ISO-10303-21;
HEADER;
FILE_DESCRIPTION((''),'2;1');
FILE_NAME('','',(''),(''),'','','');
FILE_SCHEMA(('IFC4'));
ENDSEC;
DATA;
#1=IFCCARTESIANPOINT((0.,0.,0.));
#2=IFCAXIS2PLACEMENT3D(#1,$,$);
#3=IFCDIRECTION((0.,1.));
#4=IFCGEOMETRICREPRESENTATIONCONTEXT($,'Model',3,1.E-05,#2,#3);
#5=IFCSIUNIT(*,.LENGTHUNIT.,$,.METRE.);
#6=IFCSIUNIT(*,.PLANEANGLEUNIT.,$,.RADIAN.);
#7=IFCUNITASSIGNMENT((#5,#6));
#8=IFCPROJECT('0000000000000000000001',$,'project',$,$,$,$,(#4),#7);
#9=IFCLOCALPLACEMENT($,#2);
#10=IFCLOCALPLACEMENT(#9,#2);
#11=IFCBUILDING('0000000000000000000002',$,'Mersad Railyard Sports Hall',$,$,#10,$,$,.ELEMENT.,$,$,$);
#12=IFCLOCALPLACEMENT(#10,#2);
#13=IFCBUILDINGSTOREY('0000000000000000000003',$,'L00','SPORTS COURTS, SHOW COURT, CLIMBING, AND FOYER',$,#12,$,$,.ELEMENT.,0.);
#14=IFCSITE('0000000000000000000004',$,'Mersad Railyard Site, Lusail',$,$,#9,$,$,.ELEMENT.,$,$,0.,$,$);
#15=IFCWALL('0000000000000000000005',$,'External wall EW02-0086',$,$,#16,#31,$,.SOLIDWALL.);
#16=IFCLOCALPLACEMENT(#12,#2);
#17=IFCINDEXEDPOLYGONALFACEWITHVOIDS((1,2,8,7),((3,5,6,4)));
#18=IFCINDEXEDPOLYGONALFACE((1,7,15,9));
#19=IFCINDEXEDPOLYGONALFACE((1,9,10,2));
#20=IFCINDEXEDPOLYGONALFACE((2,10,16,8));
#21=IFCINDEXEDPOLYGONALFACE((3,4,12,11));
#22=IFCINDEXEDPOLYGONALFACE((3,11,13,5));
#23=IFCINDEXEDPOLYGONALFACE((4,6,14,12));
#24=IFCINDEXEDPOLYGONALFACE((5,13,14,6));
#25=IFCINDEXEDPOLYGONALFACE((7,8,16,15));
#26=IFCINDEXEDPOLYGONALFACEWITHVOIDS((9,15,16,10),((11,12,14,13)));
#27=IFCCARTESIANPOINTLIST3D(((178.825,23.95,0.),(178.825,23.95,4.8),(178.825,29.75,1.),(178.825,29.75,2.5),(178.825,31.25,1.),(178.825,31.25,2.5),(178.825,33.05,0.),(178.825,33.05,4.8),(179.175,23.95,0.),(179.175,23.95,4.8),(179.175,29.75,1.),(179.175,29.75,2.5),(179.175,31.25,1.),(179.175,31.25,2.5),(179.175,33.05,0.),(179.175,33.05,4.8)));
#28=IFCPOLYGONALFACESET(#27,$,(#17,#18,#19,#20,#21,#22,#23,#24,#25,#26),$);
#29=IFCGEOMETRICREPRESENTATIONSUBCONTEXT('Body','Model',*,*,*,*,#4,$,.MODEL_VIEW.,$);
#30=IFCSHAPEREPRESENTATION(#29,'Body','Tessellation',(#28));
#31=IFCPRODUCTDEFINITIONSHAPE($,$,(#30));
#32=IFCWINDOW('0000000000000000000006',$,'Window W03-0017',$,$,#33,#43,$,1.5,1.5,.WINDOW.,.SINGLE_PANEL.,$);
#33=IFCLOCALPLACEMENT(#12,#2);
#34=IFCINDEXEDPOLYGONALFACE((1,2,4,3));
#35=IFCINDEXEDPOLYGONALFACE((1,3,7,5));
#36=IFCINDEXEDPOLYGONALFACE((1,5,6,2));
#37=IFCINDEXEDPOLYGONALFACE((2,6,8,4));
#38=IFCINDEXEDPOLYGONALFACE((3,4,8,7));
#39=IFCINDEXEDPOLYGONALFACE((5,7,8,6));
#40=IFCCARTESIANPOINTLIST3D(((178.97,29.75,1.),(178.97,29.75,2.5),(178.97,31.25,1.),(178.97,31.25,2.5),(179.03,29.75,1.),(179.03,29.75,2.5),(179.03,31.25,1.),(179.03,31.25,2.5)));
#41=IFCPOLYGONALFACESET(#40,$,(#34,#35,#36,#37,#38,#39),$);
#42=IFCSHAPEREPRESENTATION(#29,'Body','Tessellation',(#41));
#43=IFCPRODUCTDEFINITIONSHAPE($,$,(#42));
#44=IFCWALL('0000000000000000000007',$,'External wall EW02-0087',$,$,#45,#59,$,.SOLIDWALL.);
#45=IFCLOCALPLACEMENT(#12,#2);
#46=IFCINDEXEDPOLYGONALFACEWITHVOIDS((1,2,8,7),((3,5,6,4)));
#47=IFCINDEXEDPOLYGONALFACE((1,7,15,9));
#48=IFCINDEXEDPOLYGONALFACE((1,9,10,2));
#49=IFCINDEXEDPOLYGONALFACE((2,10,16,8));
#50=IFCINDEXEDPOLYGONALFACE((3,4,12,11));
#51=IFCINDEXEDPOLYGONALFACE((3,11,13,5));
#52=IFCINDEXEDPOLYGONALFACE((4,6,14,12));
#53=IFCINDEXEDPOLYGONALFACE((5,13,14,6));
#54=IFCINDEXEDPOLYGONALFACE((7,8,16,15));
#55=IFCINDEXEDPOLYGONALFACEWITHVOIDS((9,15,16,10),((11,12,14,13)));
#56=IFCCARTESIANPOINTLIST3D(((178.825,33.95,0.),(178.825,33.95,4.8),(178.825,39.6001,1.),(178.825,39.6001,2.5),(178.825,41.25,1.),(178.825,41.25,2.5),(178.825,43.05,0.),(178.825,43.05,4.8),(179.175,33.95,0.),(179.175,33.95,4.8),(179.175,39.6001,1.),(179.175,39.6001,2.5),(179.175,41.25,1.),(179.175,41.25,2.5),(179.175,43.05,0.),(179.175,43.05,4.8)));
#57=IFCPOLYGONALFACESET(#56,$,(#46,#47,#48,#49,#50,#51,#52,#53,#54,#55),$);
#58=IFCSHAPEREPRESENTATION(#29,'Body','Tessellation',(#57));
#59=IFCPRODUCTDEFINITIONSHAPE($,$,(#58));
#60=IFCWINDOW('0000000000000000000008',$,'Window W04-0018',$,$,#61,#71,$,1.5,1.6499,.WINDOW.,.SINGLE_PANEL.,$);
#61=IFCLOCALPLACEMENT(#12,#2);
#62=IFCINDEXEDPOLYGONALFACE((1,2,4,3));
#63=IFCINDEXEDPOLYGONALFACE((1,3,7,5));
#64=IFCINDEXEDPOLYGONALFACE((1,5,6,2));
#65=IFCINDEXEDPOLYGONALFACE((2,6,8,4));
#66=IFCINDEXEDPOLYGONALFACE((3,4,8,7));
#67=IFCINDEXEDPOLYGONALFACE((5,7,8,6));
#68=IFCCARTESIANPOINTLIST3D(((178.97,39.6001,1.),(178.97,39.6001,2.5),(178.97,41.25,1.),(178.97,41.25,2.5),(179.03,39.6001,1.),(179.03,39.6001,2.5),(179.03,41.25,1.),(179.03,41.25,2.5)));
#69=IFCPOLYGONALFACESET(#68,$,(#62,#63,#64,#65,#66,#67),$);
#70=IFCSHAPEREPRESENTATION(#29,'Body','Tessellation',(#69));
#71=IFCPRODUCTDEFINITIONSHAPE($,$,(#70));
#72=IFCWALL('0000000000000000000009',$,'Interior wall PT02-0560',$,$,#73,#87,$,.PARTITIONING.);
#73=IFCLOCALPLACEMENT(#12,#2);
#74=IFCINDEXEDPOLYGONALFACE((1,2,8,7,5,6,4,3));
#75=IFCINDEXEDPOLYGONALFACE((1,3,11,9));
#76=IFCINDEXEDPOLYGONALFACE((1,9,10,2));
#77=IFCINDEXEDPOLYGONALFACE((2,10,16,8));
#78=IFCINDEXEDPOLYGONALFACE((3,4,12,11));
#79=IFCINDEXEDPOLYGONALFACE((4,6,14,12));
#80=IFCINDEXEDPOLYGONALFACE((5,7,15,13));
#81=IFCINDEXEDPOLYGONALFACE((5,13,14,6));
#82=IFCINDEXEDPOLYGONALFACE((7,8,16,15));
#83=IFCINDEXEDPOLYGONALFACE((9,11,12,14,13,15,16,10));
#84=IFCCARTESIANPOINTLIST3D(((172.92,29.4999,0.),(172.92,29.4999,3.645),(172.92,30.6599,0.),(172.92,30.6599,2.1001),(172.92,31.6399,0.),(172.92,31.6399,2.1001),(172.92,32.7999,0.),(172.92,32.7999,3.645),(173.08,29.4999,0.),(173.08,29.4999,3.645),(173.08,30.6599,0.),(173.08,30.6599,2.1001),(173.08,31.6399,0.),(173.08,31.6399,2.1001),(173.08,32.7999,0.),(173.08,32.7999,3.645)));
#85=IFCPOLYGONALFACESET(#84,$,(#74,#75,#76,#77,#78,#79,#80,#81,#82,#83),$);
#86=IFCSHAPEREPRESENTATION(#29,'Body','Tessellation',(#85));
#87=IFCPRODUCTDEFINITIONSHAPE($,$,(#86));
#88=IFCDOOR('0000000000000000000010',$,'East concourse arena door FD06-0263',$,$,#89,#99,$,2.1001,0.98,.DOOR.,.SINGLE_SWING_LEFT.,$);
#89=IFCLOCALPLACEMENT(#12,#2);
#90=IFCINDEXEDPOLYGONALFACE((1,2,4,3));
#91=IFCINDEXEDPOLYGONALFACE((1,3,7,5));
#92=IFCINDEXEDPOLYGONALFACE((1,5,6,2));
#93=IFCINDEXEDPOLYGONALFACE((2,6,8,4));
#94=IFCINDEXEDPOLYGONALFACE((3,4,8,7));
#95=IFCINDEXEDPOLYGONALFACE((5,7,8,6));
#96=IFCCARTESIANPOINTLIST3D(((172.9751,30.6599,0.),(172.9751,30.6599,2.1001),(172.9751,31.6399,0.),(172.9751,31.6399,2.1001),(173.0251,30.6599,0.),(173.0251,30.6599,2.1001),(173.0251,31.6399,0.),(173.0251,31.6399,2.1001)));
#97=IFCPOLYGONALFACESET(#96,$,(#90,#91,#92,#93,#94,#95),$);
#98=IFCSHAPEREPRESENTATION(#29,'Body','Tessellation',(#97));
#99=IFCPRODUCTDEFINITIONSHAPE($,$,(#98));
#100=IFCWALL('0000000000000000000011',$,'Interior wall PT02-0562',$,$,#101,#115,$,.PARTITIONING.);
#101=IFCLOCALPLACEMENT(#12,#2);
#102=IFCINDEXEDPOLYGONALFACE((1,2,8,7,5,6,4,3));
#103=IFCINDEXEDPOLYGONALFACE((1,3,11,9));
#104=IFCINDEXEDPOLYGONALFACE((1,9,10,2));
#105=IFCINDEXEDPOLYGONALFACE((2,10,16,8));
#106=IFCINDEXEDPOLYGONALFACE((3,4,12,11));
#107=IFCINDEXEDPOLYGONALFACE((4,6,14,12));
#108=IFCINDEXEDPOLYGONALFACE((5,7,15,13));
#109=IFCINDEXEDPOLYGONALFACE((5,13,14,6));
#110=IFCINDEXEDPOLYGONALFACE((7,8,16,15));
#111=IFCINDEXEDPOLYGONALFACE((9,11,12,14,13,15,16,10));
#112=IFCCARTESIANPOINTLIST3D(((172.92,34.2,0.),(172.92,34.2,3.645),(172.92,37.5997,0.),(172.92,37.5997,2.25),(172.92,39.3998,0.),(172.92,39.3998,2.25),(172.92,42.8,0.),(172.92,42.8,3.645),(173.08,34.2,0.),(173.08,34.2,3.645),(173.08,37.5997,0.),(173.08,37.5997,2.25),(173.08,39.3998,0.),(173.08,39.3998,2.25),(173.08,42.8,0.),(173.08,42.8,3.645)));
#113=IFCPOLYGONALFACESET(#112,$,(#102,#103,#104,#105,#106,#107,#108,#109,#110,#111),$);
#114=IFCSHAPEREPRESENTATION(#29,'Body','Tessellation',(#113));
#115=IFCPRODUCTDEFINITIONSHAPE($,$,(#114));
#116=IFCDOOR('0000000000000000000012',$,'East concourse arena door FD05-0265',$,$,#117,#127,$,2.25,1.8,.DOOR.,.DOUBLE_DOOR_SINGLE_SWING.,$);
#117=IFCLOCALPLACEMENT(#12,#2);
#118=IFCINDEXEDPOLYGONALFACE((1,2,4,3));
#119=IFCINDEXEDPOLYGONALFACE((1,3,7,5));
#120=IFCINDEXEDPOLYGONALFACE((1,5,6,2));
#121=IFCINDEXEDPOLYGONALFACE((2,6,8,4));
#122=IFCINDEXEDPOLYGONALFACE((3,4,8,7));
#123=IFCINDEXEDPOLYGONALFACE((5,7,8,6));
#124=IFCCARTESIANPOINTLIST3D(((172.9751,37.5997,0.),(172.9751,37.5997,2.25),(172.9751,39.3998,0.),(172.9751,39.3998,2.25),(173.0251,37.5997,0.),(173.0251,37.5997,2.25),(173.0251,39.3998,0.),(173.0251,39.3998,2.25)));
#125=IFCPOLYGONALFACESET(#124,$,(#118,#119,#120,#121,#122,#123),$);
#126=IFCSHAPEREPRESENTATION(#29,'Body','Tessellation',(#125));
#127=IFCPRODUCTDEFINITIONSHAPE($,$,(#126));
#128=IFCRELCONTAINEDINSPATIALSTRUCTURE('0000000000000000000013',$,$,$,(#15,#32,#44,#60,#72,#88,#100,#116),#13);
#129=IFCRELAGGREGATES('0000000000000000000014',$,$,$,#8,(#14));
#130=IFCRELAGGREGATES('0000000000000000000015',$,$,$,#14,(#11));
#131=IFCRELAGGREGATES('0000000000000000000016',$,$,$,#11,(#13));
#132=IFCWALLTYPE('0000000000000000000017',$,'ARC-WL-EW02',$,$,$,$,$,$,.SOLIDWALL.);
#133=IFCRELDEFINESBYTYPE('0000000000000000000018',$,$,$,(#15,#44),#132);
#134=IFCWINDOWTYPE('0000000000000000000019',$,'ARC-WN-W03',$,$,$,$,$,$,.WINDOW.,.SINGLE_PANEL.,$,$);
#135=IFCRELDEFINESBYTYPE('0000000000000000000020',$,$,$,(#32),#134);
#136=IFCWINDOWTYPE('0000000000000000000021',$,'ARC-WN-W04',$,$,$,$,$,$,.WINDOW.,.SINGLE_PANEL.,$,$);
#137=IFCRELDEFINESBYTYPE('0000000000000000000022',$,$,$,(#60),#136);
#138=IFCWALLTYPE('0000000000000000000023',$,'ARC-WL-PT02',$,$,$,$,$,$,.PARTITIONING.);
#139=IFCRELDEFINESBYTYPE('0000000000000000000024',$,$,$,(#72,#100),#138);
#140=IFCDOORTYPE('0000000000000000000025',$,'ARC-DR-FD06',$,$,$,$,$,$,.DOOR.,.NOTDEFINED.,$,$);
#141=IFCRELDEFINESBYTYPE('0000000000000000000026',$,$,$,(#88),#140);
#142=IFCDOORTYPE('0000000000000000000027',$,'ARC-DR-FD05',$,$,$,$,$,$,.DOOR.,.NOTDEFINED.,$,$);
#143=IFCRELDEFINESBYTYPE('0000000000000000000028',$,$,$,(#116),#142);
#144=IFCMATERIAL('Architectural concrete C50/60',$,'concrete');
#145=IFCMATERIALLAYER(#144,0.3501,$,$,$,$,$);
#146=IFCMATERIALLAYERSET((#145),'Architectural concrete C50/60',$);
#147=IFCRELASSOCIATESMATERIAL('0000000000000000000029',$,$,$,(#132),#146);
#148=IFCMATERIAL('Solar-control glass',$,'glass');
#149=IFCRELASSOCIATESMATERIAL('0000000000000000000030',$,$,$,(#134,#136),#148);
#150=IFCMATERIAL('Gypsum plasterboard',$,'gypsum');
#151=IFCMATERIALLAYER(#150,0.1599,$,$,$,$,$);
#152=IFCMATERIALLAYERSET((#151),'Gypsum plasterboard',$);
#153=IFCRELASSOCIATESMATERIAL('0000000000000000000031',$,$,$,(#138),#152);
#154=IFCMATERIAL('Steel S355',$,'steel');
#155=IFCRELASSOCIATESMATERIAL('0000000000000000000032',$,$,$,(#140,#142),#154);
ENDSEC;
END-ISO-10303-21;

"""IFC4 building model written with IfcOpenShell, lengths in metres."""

from ifc_helpers import new_model, si_unit, direction, frame, frame_2d, origin, place, context, subcontext, project, spatial, rectangle, extrude, material, layer, layer_set, type_object, element, fill, save


model = new_model("IFC4")

# Units and contexts
model_context = context("Model", 3, precision=1e-05, world=origin(), true_north=direction((0.0, 1.0)))
body_context = subcontext(model_context, "Body", "Model", "MODEL_VIEW")
ifc_project = project(units=[si_unit("LENGTHUNIT", "METRE"), si_unit("PLANEANGLEUNIT", "RADIAN")], contexts=[model_context])

# Site, building, storey
site_placement = place(None, origin())
site = spatial("IfcSite", under=ifc_project, at=site_placement, Name="Mersad Railyard Site, Lusail", CompositionType="ELEMENT", RefElevation=0.0)
building_placement = place(site_placement, origin())
building = spatial("IfcBuilding", under=site, at=building_placement, Name="Mersad Railyard Sports Hall", CompositionType="ELEMENT")
storey_placement = place(building_placement, origin())
storey = spatial("IfcBuildingStorey", under=building, at=storey_placement, Name="L00", Description="SPORTS COURTS, SHOW COURT, CLIMBING, AND FOYER", CompositionType="ELEMENT", Elevation=0.0)

# Walls, openings, windows
ifc_material_1 = material(Name="Architectural concrete C50/60", Category="concrete")
ifc_layer_1 = layer(ifc_material_1, 0.3501)
ifc_layer_set_1 = layer_set([ifc_layer_1], Name="Architectural concrete C50/60")
wall_type_1 = type_object("IfcWallType", Name="ARC-WL-EW02", PredefinedType="SOLIDWALL", material=ifc_layer_set_1)
wall_1_placement = place(storey_placement, frame((179.0, 33.05, 0.0), z_axis=(0.0, 0.0, 1.0), x_axis=(0.0, -1.0, 0.0)))
wall_1 = element("IfcWall", 1, at=wall_1_placement, inside=storey, type_object=wall_type_1, Name="External wall EW02-0086", PredefinedType="SOLIDWALL", context=body_context, shape_type="SweptSolid", body=[
    extrude(rectangle(XDim=9.1001, YDim=0.3501, at=frame_2d((4.55, 0.0))), origin(), (0.0, 0.0, 1.0), 4.8),
])
opening_1_placement = place(wall_1_placement, frame((1.8, 0.0, 1.0)))
opening_1 = element("IfcOpeningElement", 2, at=opening_1_placement, cuts=wall_1, PredefinedType="OPENING", context=body_context, shape_type="SweptSolid", body=[
    extrude(rectangle(XDim=1.5, YDim=1.5, at=frame_2d((0.75, 0.75))), frame((0.0, 0.1851, 0.0), z_axis=(0.0, -1.0, 0.0), x_axis=(1.0, 0.0, 0.0)), (0.0, 0.0, 1.0), 0.3701),
])
ifc_material_2 = material(Name="Solar-control glass", Category="glass")
window_type_1 = type_object("IfcWindowType", Name="ARC-WN-W03", PartitioningType="SINGLE_PANEL", PredefinedType="WINDOW", material=ifc_material_2)
window_1_placement = place(opening_1_placement, origin())
window_1 = element("IfcWindow", 3, at=window_1_placement, inside=storey, type_object=window_type_1, Name="Window W03-0017", OverallHeight=1.5, OverallWidth=1.5, PartitioningType="SINGLE_PANEL", PredefinedType="WINDOW", context=body_context, shape_type="SweptSolid", body=[
    extrude(rectangle(XDim=1.5, YDim=1.5, at=frame_2d((0.75, 0.75))), frame((0.0, 0.03, 0.0), z_axis=(0.0, -1.0, 0.0), x_axis=(1.0, 0.0, 0.0)), (0.0, 0.0, 1.0), 0.0601),
])
fill(opening_1, window_1)
wall_2_placement = place(storey_placement, frame((179.0, 43.05, 0.0), z_axis=(0.0, 0.0, 1.0), x_axis=(0.0, -1.0, 0.0)))
wall_2 = element("IfcWall", 4, at=wall_2_placement, inside=storey, type_object=wall_type_1, Name="External wall EW02-0087", PredefinedType="SOLIDWALL", context=body_context, shape_type="SweptSolid", body=[
    extrude(rectangle(XDim=9.1001, YDim=0.3501, at=frame_2d((4.55, 0.0))), origin(), (0.0, 0.0, 1.0), 4.8),
])
opening_2_placement = place(wall_2_placement, frame((1.8, 0.0, 1.0)))
opening_2 = element("IfcOpeningElement", 5, at=opening_2_placement, cuts=wall_2, PredefinedType="OPENING", context=body_context, shape_type="SweptSolid", body=[
    extrude(rectangle(XDim=1.6499, YDim=1.5, at=frame_2d((0.825, 0.75))), frame((0.0, 0.1851, 0.0), z_axis=(0.0, -1.0, 0.0), x_axis=(1.0, 0.0, 0.0)), (0.0, 0.0, 1.0), 0.3701),
])
window_type_2 = type_object("IfcWindowType", Name="ARC-WN-W04", PartitioningType="SINGLE_PANEL", PredefinedType="WINDOW", material=ifc_material_2)
window_2_placement = place(opening_2_placement, origin())
window_2 = element("IfcWindow", 6, at=window_2_placement, inside=storey, type_object=window_type_2, Name="Window W04-0018", OverallHeight=1.5, OverallWidth=1.6499, PartitioningType="SINGLE_PANEL", PredefinedType="WINDOW", context=body_context, shape_type="SweptSolid", body=[
    extrude(rectangle(XDim=1.6499, YDim=1.5, at=frame_2d((0.825, 0.75))), frame((0.0, 0.03, 0.0), z_axis=(0.0, -1.0, 0.0), x_axis=(1.0, 0.0, 0.0)), (0.0, 0.0, 1.0), 0.0601),
])
fill(opening_2, window_2)

# Walls, openings, doors
ifc_material_3 = material(Name="Gypsum plasterboard", Category="gypsum")
ifc_layer_2 = layer(ifc_material_3, 0.1599)
ifc_layer_set_2 = layer_set([ifc_layer_2], Name="Gypsum plasterboard")
wall_type_2 = type_object("IfcWallType", Name="ARC-WL-PT02", PredefinedType="PARTITIONING", material=ifc_layer_set_2)
wall_3_placement = place(storey_placement, frame((173.0, 29.5, 0.0), z_axis=(0.0, 0.0, 1.0), x_axis=(0.0, 1.0, 0.0)))
wall_3 = element("IfcWall", 7, at=wall_3_placement, inside=storey, type_object=wall_type_2, Name="Interior wall PT02-0560", PredefinedType="PARTITIONING", context=body_context, shape_type="SweptSolid", body=[
    extrude(rectangle(XDim=3.3, YDim=0.1599, at=frame_2d((1.6499, 0.0))), origin(), (0.0, 0.0, 1.0), 3.645),
])
opening_3_placement = place(wall_3_placement, frame((1.1599, 0.0, 0.0)))
opening_3 = element("IfcOpeningElement", 8, at=opening_3_placement, cuts=wall_3, PredefinedType="OPENING", context=body_context, shape_type="SweptSolid", body=[
    extrude(rectangle(XDim=0.98, YDim=2.1001, at=frame_2d((0.49, 1.05))), frame((0.0, 0.0898, 0.0), z_axis=(0.0, -1.0, 0.0), x_axis=(1.0, 0.0, 0.0)), (0.0, 0.0, 1.0), 0.1799),
])
ifc_material_4 = material(Name="Steel S355", Category="steel")
door_type_1 = type_object("IfcDoorType", Name="ARC-DR-FD06", OperationType="NOTDEFINED", PredefinedType="DOOR", material=ifc_material_4)
door_1_placement = place(opening_3_placement, origin())
door_1 = element("IfcDoor", 9, at=door_1_placement, inside=storey, type_object=door_type_1, Name="East concourse arena door FD06-0263", OperationType="SINGLE_SWING_LEFT", OverallHeight=2.1001, OverallWidth=0.98, PredefinedType="DOOR", context=body_context, shape_type="SweptSolid", body=[
    extrude(rectangle(XDim=0.98, YDim=2.1001, at=frame_2d((0.49, 1.05))), frame((0.0, 0.0249, 0.0), z_axis=(0.0, -1.0, 0.0), x_axis=(1.0, 0.0, 0.0)), (0.0, 0.0, 1.0), 0.05),
])
fill(opening_3, door_1)
wall_4_placement = place(storey_placement, frame((173.0, 34.2, 0.0), z_axis=(0.0, 0.0, 1.0), x_axis=(0.0, 1.0, 0.0)))
wall_4 = element("IfcWall", 10, at=wall_4_placement, inside=storey, type_object=wall_type_2, Name="Interior wall PT02-0562", PredefinedType="PARTITIONING", context=body_context, shape_type="SweptSolid", body=[
    extrude(rectangle(XDim=8.6001, YDim=0.1599, at=frame_2d((4.3, 0.0))), origin(), (0.0, 0.0, 1.0), 3.645),
])
opening_4_placement = place(wall_4_placement, frame((3.3999, 0.0, 0.0)))
opening_4 = element("IfcOpeningElement", 11, at=opening_4_placement, cuts=wall_4, PredefinedType="OPENING", context=body_context, shape_type="SweptSolid", body=[
    extrude(rectangle(XDim=1.8, YDim=2.25, at=frame_2d((0.8999, 1.125))), frame((0.0, 0.0898, 0.0), z_axis=(0.0, -1.0, 0.0), x_axis=(1.0, 0.0, 0.0)), (0.0, 0.0, 1.0), 0.1799),
])
door_type_2 = type_object("IfcDoorType", Name="ARC-DR-FD05", OperationType="NOTDEFINED", PredefinedType="DOOR", material=ifc_material_4)
door_2_placement = place(opening_4_placement, origin())
door_2 = element("IfcDoor", 12, at=door_2_placement, inside=storey, type_object=door_type_2, Name="East concourse arena door FD05-0265", OperationType="DOUBLE_DOOR_SINGLE_SWING", OverallHeight=2.25, OverallWidth=1.8, PredefinedType="DOOR", context=body_context, shape_type="SweptSolid", body=[
    extrude(rectangle(XDim=1.8, YDim=2.25, at=frame_2d((0.8999, 1.125))), frame((0.0, 0.0249, 0.0), z_axis=(0.0, -1.0, 0.0), x_axis=(1.0, 0.0, 0.0)), (0.0, 0.0, 1.0), 0.05),
])
fill(opening_4, door_2)

save(model, "model.ifc")
